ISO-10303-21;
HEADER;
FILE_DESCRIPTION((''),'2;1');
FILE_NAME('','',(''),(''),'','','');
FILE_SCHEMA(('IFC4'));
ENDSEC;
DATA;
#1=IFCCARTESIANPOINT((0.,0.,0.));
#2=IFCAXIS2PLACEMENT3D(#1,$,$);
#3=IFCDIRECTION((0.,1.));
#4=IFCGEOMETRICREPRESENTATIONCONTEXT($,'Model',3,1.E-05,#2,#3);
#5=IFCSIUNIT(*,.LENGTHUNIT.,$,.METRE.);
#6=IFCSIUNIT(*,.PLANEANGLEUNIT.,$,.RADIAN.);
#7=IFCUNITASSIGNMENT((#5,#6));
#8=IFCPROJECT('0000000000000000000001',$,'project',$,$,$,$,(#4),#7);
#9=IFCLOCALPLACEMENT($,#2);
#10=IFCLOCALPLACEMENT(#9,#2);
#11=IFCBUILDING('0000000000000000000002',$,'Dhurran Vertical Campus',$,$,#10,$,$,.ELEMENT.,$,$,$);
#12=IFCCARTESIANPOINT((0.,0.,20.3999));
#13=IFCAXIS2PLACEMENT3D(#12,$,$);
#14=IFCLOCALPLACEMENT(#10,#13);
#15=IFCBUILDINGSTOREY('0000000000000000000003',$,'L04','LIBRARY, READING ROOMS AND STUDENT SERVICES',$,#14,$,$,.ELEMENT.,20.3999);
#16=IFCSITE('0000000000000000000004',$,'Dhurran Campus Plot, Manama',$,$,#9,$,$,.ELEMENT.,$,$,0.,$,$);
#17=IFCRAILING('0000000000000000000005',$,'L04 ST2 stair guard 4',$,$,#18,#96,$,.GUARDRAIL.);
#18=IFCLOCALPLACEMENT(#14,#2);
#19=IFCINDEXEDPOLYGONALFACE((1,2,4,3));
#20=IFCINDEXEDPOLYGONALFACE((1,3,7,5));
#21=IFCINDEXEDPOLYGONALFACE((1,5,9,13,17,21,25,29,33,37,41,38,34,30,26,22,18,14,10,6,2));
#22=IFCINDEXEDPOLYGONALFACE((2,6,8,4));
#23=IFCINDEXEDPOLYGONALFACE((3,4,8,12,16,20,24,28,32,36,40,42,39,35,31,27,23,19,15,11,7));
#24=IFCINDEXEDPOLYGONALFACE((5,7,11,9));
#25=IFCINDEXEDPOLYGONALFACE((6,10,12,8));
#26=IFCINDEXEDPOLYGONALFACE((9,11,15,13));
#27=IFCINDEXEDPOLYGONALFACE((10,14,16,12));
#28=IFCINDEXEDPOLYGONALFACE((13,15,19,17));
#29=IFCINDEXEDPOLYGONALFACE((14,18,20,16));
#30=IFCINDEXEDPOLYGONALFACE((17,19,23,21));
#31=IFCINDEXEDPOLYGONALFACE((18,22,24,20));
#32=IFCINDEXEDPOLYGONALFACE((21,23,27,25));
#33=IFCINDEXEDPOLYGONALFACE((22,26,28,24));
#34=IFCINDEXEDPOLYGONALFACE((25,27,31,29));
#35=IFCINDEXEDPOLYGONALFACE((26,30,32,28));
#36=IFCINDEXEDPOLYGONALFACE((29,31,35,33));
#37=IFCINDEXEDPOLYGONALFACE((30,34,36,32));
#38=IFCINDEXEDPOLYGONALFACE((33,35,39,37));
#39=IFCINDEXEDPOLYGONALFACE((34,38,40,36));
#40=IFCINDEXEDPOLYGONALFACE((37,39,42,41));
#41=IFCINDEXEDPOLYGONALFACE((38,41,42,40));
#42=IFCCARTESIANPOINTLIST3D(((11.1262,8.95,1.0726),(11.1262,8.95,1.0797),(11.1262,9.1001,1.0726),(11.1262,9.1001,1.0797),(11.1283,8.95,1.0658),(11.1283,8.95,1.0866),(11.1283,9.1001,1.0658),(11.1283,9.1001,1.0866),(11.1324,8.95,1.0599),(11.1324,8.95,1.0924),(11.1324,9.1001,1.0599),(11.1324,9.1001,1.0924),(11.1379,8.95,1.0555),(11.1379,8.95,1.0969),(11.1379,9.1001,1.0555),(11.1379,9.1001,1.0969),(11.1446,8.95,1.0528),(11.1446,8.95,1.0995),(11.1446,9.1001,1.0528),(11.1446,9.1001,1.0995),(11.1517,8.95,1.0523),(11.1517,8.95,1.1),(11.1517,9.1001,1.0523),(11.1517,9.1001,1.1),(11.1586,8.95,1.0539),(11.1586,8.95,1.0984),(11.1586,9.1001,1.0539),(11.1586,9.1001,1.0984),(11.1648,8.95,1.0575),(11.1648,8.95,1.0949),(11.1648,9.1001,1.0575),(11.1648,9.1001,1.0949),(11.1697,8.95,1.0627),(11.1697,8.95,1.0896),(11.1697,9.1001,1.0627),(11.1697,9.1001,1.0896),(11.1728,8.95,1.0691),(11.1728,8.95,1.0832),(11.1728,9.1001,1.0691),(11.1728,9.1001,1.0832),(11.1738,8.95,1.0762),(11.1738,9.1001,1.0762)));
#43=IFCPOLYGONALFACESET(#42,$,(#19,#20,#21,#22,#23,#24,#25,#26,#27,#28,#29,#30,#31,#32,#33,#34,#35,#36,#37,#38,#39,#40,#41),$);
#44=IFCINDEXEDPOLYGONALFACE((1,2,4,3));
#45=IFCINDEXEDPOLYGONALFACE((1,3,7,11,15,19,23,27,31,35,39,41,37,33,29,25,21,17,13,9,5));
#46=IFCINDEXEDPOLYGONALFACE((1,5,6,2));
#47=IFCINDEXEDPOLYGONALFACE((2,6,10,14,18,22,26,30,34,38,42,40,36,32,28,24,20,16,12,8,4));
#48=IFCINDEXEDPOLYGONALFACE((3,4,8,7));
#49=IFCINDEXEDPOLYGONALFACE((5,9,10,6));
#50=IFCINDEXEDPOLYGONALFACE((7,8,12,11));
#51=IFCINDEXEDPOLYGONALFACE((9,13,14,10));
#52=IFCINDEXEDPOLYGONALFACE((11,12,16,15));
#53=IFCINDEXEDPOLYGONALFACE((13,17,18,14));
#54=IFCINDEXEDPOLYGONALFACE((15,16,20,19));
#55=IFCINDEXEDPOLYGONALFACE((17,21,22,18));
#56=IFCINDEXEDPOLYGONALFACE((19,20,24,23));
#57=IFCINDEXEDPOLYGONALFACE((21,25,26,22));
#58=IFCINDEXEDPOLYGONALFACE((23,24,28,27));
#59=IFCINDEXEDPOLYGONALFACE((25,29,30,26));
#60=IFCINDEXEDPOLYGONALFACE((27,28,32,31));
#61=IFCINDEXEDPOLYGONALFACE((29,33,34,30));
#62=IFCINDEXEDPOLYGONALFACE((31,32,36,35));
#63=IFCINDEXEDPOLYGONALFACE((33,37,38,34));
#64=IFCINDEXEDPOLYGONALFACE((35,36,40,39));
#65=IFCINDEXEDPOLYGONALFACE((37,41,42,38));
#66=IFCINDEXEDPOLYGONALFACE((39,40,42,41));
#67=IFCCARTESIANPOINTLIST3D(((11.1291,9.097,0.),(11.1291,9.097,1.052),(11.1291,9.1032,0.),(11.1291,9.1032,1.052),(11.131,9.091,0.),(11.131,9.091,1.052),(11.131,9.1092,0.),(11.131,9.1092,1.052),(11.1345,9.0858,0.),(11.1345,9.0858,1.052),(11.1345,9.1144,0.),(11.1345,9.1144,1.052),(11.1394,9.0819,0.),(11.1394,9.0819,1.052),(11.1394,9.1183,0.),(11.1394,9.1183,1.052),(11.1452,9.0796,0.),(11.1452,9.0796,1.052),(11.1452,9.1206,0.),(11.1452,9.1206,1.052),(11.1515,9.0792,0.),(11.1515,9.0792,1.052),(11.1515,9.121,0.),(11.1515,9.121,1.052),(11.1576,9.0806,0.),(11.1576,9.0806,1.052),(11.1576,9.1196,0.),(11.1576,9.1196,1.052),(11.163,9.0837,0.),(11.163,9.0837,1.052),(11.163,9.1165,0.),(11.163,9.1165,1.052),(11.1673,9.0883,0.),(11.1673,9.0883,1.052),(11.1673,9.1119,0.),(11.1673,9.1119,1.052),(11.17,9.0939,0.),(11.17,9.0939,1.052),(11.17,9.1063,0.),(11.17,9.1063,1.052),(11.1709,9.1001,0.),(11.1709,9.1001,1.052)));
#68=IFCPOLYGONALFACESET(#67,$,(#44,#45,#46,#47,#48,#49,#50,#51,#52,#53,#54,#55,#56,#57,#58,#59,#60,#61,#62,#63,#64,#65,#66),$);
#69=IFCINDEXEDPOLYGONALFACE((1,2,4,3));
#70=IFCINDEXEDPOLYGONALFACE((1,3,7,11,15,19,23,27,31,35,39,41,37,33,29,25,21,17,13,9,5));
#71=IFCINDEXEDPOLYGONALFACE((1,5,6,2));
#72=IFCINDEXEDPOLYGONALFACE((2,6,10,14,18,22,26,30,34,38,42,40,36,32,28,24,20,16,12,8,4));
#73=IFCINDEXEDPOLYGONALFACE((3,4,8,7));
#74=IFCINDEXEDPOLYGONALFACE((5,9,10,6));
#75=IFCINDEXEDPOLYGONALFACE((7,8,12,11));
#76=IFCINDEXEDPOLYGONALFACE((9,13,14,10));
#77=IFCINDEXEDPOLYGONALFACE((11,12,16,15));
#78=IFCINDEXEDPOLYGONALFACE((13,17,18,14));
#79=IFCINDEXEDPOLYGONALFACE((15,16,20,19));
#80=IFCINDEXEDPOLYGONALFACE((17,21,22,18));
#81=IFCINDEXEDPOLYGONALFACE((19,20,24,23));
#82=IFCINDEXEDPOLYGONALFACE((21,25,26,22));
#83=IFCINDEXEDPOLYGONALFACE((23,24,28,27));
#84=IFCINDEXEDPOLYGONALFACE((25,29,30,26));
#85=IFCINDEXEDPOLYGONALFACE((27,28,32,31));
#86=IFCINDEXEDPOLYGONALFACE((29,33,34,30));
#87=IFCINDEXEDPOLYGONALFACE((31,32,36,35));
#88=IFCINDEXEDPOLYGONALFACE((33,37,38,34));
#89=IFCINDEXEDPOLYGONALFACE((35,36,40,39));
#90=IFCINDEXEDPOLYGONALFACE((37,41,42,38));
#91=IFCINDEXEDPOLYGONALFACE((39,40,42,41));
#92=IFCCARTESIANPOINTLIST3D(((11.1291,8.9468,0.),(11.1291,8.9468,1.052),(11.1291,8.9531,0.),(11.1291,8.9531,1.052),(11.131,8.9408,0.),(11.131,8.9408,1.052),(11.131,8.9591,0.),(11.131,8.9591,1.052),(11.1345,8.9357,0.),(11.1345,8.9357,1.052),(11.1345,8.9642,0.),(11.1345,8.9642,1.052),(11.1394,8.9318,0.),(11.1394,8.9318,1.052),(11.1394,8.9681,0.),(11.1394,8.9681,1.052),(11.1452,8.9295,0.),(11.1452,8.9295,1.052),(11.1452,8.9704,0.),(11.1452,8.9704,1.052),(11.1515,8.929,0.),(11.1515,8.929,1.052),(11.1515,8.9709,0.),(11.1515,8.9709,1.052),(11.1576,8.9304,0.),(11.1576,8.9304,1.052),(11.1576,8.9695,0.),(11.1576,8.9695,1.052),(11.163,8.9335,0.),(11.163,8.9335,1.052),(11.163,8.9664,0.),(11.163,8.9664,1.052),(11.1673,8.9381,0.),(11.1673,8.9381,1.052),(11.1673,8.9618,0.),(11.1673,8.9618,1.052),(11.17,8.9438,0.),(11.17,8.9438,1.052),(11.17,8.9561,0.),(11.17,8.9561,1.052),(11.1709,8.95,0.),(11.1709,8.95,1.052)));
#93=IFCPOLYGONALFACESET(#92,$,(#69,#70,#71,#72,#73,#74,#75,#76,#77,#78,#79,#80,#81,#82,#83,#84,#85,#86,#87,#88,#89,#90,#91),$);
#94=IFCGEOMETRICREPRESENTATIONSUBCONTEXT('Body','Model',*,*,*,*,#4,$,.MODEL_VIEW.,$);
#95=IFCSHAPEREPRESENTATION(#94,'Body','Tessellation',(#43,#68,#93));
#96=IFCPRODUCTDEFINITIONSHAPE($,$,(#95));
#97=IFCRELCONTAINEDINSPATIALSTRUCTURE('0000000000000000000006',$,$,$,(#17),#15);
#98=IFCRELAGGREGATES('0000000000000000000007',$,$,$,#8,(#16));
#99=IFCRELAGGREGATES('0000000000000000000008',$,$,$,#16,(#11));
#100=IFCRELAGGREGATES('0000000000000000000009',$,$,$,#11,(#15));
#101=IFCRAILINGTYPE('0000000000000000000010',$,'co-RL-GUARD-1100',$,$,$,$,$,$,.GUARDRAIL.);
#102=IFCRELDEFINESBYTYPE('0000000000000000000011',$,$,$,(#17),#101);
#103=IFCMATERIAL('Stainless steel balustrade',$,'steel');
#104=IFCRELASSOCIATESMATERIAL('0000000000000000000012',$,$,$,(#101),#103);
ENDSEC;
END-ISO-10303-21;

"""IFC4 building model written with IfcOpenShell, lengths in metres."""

from ifc_helpers import new_model, si_unit, direction, frame, origin, origin_2d, place, context, subcontext, project, spatial, circle, extrude, material, type_object, element, save


model = new_model("IFC4")

# Units and contexts
model_context = context("Model", 3, precision=1e-05, world=origin(), true_north=direction((0.0, 1.0)))
body_context = subcontext(model_context, "Body", "Model", "MODEL_VIEW")
ifc_project = project(units=[si_unit("LENGTHUNIT", "METRE"), si_unit("PLANEANGLEUNIT", "RADIAN")], contexts=[model_context])

# Site, building, storey
site_placement = place(None, origin())
site = spatial("IfcSite", under=ifc_project, at=site_placement, Name="Dhurran Campus Plot, Manama", CompositionType="ELEMENT", RefElevation=0.0)
building_placement = place(site_placement, origin())
building = spatial("IfcBuilding", under=site, at=building_placement, Name="Dhurran Vertical Campus", CompositionType="ELEMENT")
storey_placement = place(building_placement, frame((0.0, 0.0, 20.3999)))
storey = spatial("IfcBuildingStorey", under=building, at=storey_placement, Name="L04", Description="LIBRARY, READING ROOMS AND STUDENT SERVICES", CompositionType="ELEMENT", Elevation=20.3999)

# Railing
ifc_material_1 = material(Name="Stainless steel balustrade", Category="steel")
railing_type_1 = type_object("IfcRailingType", Name="co-RL-GUARD-1100", PredefinedType="GUARDRAIL", material=ifc_material_1)
railing_1_placement = place(storey_placement, frame((11.1499, 9.1001, 0.0)))
element("IfcRailing", 1, at=railing_1_placement, inside=storey, type_object=railing_type_1, Name="L04 ST2 stair guard 4", PredefinedType="GUARDRAIL", context=body_context, shape_type="SweptSolid", body=[
    extrude(circle(Radius=0.0239, at=origin_2d()), frame((0.0, 0.0, 1.0762), z_axis=(0.0, -1.0, 0.0), x_axis=(1.0, 0.0, 0.0)), (0.0, 0.0, 1.0), 0.1501),
    extrude(circle(Radius=0.021, at=origin_2d()), origin(), (0.0, 0.0, 1.0), 1.052),
    extrude(circle(Radius=0.021, at=origin_2d()), frame((0.0, -0.1501, 0.0)), (0.0, 0.0, 1.0), 1.052),
])

save(model, "model.ifc")
